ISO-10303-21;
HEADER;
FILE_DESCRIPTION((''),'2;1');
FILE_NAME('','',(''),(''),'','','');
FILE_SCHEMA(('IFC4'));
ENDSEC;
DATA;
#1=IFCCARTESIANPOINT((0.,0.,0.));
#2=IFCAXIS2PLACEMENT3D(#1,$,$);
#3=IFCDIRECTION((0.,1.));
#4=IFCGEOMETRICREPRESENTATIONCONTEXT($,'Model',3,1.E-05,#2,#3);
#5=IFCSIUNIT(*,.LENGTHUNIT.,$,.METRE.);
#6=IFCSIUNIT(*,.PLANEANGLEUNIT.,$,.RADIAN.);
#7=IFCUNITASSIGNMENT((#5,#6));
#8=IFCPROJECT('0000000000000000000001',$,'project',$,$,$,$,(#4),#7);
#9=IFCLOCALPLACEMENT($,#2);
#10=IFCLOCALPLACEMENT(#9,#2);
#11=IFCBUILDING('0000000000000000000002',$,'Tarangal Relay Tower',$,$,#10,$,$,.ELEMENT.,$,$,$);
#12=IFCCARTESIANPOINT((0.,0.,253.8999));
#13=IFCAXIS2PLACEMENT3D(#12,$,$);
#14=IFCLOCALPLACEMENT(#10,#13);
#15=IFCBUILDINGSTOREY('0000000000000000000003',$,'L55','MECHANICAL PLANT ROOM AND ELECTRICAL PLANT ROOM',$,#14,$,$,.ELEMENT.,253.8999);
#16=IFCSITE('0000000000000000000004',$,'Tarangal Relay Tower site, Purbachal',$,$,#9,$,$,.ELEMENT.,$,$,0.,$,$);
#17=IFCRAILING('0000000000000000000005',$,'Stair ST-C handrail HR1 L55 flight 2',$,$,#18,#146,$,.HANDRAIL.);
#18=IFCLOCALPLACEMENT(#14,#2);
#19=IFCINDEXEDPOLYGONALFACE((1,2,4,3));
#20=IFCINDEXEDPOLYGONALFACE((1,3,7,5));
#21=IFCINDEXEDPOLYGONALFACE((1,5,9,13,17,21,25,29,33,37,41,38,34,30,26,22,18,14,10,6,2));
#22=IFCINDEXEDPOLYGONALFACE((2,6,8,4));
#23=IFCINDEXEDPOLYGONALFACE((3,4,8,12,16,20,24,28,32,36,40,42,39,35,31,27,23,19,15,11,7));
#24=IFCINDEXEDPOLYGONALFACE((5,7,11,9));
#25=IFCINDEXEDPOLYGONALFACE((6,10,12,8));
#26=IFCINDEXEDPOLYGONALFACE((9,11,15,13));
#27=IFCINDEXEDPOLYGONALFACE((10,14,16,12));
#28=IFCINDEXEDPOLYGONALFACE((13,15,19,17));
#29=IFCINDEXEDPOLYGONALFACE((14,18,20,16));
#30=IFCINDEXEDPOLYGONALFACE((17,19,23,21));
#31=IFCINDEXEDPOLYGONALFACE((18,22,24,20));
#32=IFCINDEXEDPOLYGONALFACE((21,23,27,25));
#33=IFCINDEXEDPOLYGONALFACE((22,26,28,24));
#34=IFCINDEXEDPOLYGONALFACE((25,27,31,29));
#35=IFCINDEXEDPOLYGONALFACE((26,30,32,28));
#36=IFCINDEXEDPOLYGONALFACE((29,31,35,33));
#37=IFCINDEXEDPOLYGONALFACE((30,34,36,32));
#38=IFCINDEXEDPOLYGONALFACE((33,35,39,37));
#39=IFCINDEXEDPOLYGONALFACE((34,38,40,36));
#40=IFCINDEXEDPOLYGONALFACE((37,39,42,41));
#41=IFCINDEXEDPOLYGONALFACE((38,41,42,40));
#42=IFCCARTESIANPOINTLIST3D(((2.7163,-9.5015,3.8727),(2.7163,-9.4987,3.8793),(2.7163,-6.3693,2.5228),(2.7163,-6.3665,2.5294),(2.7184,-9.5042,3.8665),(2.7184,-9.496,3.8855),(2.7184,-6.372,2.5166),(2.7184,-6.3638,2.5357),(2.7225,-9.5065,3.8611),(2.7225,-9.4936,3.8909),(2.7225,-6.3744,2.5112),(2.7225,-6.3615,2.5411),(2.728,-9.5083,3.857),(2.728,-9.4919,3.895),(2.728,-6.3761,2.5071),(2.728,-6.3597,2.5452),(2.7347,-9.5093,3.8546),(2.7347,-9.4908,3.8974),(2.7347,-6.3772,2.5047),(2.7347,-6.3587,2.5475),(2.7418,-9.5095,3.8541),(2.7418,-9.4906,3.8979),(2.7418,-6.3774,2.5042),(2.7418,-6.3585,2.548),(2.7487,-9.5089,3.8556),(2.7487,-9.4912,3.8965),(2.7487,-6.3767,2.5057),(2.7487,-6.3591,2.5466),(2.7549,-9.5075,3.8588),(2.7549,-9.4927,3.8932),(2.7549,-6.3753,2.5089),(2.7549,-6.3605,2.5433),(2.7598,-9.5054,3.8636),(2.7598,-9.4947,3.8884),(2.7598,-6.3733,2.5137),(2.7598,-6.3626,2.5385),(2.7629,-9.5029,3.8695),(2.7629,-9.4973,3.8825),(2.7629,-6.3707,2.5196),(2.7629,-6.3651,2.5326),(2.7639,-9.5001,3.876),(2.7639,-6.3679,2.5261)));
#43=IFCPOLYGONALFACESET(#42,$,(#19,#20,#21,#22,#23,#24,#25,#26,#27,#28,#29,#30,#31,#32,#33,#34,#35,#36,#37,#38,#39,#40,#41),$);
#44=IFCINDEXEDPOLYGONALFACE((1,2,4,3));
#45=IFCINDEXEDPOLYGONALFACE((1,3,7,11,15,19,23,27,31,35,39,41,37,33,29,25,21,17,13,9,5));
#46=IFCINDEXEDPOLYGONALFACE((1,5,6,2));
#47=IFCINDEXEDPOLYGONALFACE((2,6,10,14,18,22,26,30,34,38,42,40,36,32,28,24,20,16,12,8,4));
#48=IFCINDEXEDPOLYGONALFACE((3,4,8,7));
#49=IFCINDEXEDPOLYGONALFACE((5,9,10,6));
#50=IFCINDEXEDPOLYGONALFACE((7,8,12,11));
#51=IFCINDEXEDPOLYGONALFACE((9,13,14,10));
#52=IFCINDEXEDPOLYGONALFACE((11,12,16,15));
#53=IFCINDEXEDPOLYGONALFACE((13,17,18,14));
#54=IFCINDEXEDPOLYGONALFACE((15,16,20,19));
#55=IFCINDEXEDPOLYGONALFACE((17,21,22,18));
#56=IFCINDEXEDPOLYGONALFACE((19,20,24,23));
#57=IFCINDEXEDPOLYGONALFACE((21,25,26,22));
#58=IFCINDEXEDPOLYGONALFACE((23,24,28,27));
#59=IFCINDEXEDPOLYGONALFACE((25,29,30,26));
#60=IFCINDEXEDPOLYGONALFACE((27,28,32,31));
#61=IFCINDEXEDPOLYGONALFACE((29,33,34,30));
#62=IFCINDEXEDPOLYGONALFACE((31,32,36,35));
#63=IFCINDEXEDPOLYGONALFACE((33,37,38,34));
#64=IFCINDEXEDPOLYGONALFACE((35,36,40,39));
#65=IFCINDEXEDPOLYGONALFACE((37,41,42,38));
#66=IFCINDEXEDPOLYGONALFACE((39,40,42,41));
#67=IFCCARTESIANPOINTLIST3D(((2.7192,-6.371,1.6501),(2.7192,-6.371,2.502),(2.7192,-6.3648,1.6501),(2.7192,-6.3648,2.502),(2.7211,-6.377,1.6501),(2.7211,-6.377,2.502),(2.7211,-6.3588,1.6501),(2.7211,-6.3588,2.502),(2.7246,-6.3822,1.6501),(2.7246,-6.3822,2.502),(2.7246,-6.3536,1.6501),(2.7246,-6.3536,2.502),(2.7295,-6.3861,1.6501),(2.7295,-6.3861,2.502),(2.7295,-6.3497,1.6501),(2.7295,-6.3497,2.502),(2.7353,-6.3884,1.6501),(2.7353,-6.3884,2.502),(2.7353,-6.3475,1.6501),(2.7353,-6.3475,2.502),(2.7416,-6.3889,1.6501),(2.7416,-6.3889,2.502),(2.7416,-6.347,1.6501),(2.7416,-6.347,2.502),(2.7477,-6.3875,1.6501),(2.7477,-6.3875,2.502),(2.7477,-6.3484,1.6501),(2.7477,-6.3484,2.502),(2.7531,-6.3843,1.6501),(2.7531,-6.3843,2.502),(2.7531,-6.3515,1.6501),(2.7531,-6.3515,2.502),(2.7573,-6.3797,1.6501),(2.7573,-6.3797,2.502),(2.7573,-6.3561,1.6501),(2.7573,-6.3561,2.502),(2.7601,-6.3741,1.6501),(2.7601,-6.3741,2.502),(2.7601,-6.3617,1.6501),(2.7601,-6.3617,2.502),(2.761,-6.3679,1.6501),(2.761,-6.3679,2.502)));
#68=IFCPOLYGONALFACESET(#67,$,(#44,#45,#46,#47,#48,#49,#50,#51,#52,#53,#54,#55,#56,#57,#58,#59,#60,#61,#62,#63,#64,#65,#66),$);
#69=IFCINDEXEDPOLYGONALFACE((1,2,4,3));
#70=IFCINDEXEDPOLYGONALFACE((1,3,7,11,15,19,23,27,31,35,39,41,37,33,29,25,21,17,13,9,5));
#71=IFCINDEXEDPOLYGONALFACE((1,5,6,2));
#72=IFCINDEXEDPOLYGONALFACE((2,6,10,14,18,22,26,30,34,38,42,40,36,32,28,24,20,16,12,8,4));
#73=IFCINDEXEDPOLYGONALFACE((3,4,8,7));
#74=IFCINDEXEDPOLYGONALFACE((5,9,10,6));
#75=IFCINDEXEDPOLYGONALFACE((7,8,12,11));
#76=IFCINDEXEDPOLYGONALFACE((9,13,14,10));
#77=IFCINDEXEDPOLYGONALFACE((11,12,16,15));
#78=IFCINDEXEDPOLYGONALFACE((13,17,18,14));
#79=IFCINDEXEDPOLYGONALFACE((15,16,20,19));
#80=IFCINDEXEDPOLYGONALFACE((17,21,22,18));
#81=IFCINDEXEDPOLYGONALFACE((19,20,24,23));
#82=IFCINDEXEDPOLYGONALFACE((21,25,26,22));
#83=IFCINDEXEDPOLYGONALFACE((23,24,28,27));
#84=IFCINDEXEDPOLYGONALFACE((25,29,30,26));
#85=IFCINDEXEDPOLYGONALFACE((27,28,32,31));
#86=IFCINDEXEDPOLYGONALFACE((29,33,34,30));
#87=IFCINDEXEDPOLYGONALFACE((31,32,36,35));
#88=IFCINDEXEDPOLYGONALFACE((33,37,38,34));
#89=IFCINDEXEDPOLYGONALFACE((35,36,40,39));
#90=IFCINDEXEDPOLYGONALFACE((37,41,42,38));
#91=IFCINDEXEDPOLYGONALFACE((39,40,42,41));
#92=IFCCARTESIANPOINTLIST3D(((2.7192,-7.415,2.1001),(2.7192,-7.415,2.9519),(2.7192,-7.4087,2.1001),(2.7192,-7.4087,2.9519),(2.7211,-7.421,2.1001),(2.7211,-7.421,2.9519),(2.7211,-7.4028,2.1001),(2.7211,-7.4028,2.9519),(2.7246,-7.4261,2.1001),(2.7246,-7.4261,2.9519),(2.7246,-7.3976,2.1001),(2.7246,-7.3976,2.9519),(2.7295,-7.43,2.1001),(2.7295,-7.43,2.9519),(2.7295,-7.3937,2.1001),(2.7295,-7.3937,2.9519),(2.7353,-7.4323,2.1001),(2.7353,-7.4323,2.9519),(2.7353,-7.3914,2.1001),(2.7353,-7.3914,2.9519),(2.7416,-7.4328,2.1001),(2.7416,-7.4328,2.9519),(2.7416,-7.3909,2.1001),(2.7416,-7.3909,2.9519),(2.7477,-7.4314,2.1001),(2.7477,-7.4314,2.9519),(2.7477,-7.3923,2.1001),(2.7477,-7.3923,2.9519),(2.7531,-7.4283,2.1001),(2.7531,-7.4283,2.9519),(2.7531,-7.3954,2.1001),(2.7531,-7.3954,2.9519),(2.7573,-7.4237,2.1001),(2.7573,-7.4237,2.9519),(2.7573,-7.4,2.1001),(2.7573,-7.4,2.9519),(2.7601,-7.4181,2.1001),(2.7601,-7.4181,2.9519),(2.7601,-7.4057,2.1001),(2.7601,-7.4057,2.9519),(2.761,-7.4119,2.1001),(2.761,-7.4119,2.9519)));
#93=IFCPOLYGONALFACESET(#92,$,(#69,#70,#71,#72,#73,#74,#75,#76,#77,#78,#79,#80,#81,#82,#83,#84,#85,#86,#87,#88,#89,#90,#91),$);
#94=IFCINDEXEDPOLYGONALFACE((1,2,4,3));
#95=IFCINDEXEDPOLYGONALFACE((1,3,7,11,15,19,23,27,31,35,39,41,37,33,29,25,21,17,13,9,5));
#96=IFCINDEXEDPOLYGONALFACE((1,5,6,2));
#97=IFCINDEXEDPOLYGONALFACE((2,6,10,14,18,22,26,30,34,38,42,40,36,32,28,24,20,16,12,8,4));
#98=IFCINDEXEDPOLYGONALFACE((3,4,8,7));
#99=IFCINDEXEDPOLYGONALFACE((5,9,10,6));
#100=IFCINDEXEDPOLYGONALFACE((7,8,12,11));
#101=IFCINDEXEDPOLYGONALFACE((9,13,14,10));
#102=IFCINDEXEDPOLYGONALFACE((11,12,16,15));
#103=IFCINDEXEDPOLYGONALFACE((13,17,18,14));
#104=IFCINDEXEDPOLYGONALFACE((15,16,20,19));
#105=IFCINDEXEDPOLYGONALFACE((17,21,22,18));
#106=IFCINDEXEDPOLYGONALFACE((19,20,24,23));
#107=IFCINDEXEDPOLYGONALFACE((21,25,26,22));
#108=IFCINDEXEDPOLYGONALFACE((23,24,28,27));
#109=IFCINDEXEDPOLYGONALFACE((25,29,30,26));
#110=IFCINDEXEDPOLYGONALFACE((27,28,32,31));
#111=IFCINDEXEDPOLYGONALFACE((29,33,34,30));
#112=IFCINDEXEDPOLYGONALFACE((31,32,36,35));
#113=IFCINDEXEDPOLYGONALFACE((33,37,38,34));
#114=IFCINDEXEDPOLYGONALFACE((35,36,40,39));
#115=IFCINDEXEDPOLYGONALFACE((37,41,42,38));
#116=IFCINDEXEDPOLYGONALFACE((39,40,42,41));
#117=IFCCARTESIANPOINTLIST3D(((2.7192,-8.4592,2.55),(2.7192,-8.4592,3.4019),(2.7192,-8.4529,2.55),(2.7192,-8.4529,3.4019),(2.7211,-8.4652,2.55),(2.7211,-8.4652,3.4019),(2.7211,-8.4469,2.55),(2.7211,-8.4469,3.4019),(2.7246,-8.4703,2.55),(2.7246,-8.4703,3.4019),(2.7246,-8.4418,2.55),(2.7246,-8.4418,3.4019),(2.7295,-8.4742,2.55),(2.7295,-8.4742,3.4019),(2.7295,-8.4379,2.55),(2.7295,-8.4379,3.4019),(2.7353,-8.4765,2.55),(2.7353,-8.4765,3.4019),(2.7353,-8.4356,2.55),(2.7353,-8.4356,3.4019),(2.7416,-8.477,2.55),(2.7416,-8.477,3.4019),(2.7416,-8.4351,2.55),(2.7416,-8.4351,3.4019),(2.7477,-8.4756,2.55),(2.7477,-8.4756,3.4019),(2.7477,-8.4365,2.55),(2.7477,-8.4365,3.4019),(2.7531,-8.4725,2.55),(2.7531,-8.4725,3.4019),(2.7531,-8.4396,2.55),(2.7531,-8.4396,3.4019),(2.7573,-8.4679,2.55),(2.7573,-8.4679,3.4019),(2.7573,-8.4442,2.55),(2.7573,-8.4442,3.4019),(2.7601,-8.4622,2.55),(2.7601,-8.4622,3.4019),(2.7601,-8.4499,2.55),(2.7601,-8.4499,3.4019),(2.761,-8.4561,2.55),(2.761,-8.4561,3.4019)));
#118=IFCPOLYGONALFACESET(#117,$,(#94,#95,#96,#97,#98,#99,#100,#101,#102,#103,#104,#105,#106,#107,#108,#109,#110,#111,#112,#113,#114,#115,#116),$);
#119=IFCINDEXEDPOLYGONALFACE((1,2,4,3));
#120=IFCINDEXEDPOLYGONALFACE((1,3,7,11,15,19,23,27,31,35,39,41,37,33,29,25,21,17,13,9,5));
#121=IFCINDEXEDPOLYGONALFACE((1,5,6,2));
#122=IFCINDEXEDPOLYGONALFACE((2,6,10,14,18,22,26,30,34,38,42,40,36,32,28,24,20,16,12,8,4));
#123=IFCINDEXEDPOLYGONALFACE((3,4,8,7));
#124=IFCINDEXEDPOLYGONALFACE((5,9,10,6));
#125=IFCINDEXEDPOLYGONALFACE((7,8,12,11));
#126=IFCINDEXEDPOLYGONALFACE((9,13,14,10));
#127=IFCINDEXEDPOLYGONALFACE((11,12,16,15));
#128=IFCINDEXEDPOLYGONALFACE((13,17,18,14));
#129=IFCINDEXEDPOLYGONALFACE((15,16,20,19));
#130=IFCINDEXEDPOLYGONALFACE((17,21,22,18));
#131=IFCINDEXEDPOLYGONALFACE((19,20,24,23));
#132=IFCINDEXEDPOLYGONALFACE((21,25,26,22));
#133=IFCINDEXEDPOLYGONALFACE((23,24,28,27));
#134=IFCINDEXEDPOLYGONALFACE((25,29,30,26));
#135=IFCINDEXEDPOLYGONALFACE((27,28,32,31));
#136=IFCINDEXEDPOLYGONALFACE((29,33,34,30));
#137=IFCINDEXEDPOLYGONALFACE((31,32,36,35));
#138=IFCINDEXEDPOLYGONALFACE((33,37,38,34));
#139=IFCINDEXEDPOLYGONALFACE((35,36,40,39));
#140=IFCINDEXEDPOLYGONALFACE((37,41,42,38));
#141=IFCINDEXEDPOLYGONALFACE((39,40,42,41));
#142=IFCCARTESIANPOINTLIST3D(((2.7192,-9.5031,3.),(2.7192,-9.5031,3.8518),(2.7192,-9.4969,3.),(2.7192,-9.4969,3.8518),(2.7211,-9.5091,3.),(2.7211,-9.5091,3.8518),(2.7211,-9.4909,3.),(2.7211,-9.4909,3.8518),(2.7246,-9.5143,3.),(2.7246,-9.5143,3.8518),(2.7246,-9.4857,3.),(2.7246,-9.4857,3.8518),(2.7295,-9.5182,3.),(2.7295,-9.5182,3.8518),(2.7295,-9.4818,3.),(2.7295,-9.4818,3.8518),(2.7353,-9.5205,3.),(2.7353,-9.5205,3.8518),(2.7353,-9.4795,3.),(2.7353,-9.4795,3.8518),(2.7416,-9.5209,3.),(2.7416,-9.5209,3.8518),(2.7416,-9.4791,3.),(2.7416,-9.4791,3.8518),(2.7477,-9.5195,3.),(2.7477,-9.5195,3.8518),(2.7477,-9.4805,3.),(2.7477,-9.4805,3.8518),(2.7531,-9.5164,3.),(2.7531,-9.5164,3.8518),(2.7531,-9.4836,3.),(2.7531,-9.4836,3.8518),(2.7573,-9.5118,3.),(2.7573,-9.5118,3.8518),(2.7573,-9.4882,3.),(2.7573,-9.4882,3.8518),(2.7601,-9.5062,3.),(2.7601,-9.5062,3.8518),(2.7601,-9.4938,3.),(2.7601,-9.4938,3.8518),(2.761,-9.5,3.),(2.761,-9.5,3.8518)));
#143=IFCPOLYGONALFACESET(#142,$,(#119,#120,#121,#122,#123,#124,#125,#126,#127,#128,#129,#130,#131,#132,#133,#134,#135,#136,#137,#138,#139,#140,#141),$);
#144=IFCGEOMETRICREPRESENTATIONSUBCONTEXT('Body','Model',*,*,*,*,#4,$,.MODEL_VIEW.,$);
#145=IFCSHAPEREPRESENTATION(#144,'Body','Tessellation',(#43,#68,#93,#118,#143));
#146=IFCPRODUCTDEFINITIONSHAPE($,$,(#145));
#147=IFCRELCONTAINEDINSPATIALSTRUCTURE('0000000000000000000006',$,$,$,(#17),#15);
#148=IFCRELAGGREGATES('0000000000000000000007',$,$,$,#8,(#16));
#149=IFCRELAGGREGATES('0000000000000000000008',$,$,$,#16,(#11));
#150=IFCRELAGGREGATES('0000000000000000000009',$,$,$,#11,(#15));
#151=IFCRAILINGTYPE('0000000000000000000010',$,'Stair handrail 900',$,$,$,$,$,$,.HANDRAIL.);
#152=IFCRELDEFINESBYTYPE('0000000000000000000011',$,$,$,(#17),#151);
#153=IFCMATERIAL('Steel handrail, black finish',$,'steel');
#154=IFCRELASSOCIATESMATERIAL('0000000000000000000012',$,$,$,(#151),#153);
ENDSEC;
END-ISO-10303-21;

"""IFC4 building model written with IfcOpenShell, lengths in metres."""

from ifc_helpers import new_model, si_unit, direction, frame, origin, origin_2d, place, context, subcontext, project, spatial, circle, extrude, material, type_object, element, save


model = new_model("IFC4")

# Units and contexts
model_context = context("Model", 3, precision=1e-05, world=origin(), true_north=direction((0.0, 1.0)))
body_context = subcontext(model_context, "Body", "Model", "MODEL_VIEW")
ifc_project = project(units=[si_unit("LENGTHUNIT", "METRE"), si_unit("PLANEANGLEUNIT", "RADIAN")], contexts=[model_context])

# Site, building, storey
site_placement = place(None, origin())
site = spatial("IfcSite", under=ifc_project, at=site_placement, Name="Tarangal Relay Tower site, Purbachal", CompositionType="ELEMENT", RefElevation=0.0)
building_placement = place(site_placement, origin())
building = spatial("IfcBuilding", under=site, at=building_placement, Name="Tarangal Relay Tower", CompositionType="ELEMENT")
storey_placement = place(building_placement, frame((0.0, 0.0, 253.8999)))
storey = spatial("IfcBuildingStorey", under=building, at=storey_placement, Name="L55", Description="MECHANICAL PLANT ROOM AND ELECTRICAL PLANT ROOM", CompositionType="ELEMENT", Elevation=253.8999)

# Railing
ifc_material_1 = material(Name="Steel handrail, black finish", Category="steel")
railing_type_1 = type_object("IfcRailingType", Name="Stair handrail 900", PredefinedType="HANDRAIL", material=ifc_material_1)
for number, where, name in (
    (1, (2.74, -6.3679, 1.6501), "Stair ST-C handrail HR1 L55 flight 2"),
):
    element("IfcRailing", number, at=place(storey_placement, frame(where)), inside=storey, type_object=railing_type_1, Name=name, PredefinedType="HANDRAIL", context=body_context, shape_type="SweptSolid", body=[
        extrude(circle(Radius=0.0239, at=origin_2d()), frame((0.0, 0.0, 0.876), z_axis=(0.0, -0.918343, 0.395785), x_axis=(1.0, 0.0, 0.0)), (0.0, 0.0, 1.0), 3.4106),
        extrude(circle(Radius=0.021, at=origin_2d()), origin(), (0.0, 0.0, 1.0), 0.8518),
        extrude(circle(Radius=0.021, at=origin_2d()), frame((0.0, -1.0439, 0.45)), (0.0, 0.0, 1.0), 0.8518),
        extrude(circle(Radius=0.021, at=origin_2d()), frame((0.0, -2.0881, 0.8999)), (0.0, 0.0, 1.0), 0.8518),
        extrude(circle(Radius=0.021, at=origin_2d()), frame((0.0, -3.1321, 1.3499)), (0.0, 0.0, 1.0), 0.8518),
    ])

save(model, "model.ifc")
